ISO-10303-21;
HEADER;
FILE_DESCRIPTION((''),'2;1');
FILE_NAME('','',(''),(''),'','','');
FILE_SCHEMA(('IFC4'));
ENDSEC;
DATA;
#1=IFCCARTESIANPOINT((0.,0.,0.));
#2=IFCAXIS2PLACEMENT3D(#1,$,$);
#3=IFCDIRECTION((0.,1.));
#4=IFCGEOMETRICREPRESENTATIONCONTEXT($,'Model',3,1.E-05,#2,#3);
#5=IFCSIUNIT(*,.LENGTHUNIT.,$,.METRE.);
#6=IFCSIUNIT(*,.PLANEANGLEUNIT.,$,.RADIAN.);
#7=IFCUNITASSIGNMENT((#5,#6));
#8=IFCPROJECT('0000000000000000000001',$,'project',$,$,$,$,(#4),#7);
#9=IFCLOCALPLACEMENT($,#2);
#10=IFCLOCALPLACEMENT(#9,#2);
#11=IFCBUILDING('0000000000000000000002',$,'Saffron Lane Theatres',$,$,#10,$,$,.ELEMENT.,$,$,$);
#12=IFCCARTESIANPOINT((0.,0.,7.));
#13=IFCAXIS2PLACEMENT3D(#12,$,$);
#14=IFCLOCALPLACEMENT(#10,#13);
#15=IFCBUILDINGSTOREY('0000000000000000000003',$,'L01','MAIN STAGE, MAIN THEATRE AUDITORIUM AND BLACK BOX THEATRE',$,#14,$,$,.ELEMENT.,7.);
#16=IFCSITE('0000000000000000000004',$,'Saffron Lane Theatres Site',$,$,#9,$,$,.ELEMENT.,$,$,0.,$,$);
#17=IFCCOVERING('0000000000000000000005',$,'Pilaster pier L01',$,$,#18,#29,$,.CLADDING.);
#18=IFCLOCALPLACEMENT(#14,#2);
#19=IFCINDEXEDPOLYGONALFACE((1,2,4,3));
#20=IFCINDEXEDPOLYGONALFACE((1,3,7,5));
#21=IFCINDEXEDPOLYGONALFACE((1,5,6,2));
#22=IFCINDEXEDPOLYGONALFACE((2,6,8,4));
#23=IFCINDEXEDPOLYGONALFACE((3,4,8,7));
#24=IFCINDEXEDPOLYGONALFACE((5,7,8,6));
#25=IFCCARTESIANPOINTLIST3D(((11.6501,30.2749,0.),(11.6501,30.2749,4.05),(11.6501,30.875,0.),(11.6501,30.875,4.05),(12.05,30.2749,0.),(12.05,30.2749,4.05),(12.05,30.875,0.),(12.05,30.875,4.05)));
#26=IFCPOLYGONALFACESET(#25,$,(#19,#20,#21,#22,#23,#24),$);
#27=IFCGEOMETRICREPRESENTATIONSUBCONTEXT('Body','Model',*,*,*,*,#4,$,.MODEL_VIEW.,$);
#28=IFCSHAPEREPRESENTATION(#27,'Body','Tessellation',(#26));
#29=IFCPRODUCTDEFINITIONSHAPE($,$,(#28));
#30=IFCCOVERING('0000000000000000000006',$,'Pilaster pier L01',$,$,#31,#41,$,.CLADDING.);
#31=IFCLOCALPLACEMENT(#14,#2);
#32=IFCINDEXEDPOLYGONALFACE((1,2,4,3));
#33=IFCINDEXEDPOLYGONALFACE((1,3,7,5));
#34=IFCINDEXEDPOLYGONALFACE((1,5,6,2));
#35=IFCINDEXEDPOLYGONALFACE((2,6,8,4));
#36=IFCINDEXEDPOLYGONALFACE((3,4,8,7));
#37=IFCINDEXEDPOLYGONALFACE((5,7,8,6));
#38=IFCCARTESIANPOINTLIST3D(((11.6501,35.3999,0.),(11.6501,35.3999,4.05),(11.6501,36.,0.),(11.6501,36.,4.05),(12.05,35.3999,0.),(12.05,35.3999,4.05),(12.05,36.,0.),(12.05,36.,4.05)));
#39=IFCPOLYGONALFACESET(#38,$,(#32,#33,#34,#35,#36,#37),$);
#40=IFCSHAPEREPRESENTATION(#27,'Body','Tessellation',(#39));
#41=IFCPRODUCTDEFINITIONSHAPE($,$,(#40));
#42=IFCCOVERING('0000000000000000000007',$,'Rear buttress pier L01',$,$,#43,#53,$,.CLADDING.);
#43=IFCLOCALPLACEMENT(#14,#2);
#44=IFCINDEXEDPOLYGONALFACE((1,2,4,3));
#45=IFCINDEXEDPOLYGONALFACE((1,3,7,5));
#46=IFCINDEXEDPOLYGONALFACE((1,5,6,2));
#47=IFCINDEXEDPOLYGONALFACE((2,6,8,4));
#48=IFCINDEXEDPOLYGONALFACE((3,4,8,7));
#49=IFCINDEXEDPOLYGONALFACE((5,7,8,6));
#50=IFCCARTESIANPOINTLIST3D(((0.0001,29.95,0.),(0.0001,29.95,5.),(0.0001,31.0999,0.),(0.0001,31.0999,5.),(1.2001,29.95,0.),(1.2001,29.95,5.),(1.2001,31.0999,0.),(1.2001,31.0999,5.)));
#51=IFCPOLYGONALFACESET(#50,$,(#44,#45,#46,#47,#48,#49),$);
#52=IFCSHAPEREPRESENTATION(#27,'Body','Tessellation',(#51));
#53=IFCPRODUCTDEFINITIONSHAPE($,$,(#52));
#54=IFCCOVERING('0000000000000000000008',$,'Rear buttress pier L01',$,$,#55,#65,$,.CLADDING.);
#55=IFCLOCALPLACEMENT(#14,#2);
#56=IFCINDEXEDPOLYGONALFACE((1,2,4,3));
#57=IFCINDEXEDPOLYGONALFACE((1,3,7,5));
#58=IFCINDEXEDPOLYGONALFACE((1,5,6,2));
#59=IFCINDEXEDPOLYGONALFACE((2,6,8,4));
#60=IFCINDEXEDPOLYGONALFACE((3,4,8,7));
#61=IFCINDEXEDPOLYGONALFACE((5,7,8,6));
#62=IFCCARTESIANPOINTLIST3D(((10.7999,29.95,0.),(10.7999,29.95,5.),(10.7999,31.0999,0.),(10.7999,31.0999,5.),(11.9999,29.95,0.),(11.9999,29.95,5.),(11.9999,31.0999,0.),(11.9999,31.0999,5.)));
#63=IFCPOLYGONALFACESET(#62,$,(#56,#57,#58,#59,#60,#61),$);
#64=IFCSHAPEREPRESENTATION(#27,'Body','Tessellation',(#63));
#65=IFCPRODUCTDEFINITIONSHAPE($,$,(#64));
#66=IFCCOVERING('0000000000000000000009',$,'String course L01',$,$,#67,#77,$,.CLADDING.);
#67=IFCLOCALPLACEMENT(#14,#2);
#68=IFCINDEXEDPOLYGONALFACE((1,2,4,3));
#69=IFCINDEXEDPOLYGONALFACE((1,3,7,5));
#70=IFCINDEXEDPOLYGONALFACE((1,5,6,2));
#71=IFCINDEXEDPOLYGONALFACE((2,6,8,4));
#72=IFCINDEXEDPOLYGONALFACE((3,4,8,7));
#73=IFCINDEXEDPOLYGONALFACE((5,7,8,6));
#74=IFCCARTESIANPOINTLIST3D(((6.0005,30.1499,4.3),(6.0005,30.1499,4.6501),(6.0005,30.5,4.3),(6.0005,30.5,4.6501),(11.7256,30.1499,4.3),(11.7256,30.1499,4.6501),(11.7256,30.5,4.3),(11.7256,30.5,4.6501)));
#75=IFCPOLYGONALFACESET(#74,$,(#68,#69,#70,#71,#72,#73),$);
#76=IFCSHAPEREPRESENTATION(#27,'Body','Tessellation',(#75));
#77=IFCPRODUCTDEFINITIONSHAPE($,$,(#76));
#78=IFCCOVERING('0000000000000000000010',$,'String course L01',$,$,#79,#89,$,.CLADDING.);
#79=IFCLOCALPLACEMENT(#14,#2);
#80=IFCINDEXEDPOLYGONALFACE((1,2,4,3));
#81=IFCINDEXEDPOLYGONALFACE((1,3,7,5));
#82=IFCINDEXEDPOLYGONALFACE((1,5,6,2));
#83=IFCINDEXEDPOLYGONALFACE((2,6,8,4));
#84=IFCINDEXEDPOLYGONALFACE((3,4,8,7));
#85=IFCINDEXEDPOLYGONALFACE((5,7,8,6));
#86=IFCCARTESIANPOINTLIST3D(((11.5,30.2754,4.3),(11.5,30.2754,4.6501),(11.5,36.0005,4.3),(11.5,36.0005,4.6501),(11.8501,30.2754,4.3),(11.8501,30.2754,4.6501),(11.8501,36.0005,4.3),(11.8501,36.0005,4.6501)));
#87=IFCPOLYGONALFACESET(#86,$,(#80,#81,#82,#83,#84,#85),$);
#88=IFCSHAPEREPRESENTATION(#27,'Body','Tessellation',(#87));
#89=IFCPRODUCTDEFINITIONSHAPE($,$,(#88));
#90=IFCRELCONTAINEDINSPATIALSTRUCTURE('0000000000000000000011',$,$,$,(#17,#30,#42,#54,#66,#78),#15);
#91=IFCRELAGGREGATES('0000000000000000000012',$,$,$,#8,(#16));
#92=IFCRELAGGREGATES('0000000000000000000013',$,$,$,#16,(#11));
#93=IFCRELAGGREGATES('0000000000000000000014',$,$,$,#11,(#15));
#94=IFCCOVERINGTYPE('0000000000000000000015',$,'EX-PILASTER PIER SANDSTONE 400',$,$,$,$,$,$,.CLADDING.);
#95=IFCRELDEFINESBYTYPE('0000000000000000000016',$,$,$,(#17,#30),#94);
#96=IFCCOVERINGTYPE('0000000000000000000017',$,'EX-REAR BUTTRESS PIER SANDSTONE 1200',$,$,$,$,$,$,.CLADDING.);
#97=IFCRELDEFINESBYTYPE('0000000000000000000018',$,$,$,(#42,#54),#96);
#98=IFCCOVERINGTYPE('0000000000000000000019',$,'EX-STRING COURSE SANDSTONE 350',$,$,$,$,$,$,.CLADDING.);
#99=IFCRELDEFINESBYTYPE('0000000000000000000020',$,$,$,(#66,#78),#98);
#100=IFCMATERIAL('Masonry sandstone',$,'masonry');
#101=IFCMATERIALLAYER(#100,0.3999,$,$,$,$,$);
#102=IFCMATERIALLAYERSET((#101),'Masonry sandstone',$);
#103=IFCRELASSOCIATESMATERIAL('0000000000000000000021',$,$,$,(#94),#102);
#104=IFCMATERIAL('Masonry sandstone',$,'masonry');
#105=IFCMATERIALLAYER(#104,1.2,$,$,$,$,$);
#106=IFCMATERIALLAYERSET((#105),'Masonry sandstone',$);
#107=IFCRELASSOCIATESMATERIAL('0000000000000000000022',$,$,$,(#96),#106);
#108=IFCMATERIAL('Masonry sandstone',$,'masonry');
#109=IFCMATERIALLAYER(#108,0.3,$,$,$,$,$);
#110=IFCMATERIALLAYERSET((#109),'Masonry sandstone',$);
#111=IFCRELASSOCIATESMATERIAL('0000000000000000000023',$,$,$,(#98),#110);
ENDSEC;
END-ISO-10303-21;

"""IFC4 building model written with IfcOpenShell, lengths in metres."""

from ifc_helpers import new_model, si_unit, direction, frame, origin, origin_2d, place, context, subcontext, project, spatial, rectangle, extrude, material, layer, layer_set, type_object, element, save


model = new_model("IFC4")

# Units and contexts
model_context = context("Model", 3, precision=1e-05, world=origin(), true_north=direction((0.0, 1.0)))
body_context = subcontext(model_context, "Body", "Model", "MODEL_VIEW")
ifc_project = project(units=[si_unit("LENGTHUNIT", "METRE"), si_unit("PLANEANGLEUNIT", "RADIAN")], contexts=[model_context])

# Site, building, storey
site_placement = place(None, origin())
site = spatial("IfcSite", under=ifc_project, at=site_placement, Name="Saffron Lane Theatres Site", CompositionType="ELEMENT", RefElevation=0.0)
building_placement = place(site_placement, origin())
building = spatial("IfcBuilding", under=site, at=building_placement, Name="Saffron Lane Theatres", CompositionType="ELEMENT")
storey_placement = place(building_placement, frame((0.0, 0.0, 7.0)))
storey = spatial("IfcBuildingStorey", under=building, at=storey_placement, Name="L01", Description="MAIN STAGE, MAIN THEATRE AUDITORIUM AND BLACK BOX THEATRE", CompositionType="ELEMENT", Elevation=7.0)

# Coverings
ifc_material_1 = material(Name="Masonry sandstone", Category="masonry")
ifc_layer_1 = layer(ifc_material_1, 0.3999)
ifc_layer_set_1 = layer_set([ifc_layer_1], Name="Masonry sandstone")
covering_type_1 = type_object("IfcCoveringType", Name="EX-PILASTER PIER SANDSTONE 400", PredefinedType="CLADDING", material=ifc_layer_set_1)
for number, where, z_axis, x_axis, name in (
    (1, (11.8501, 30.575, 0.0), (0.0, 0.0, 1.0), (0.0, 1.0, 0.0), "Pilaster pier L01"),
    (2, (11.8501, 35.7, 0.0), (0.0, 0.0, 1.0), (0.0, 1.0, 0.0), "Pilaster pier L01"),
):
    element("IfcCovering", number, at=place(storey_placement, frame(where, z_axis=z_axis, x_axis=x_axis)), inside=storey, type_object=covering_type_1, Name=name, PredefinedType="CLADDING", context=body_context, shape_type="SweptSolid", body=[
        extrude(rectangle(XDim=0.6001, YDim=0.3999, at=origin_2d()), origin(), (0.0, 0.0, 1.0), 4.05),
    ])
ifc_material_2 = material(Name="Masonry sandstone", Category="masonry")
ifc_layer_2 = layer(ifc_material_2, 1.2)
ifc_layer_set_2 = layer_set([ifc_layer_2], Name="Masonry sandstone")
covering_type_2 = type_object("IfcCoveringType", Name="EX-REAR BUTTRESS PIER SANDSTONE 1200", PredefinedType="CLADDING", material=ifc_layer_set_2)
for number, where, z_axis, x_axis, name in (
    (3, (0.6001, 30.5249, 0.0), (0.0, 0.0, 1.0), (1.0, 0.0, 0.0), "Rear buttress pier L01"),
    (4, (11.3999, 30.5249, 0.0), (0.0, 0.0, 1.0), (1.0, 0.0, 0.0), "Rear buttress pier L01"),
):
    element("IfcCovering", number, at=place(storey_placement, frame(where, z_axis=z_axis, x_axis=x_axis)), inside=storey, type_object=covering_type_2, Name=name, PredefinedType="CLADDING", context=body_context, shape_type="SweptSolid", body=[
        extrude(rectangle(XDim=1.2, YDim=1.1499, at=origin_2d()), origin(), (0.0, 0.0, 1.0), 5.0),
    ])
ifc_material_3 = material(Name="Masonry sandstone", Category="masonry")
ifc_layer_3 = layer(ifc_material_3, 0.3)
ifc_layer_set_3 = layer_set([ifc_layer_3], Name="Masonry sandstone")
covering_type_3 = type_object("IfcCoveringType", Name="EX-STRING COURSE SANDSTONE 350", PredefinedType="CLADDING", material=ifc_layer_set_3)
for number, where, z_axis, x_axis, name in (
    (5, (8.863, 30.325, 4.3), (0.0, 0.0, 1.0), (1.0, 0.0, 0.0), "String course L01"),
    (6, (11.675, 33.1379, 4.3), (0.0, 0.0, 1.0), (0.0, 1.0, 0.0), "String course L01"),
):
    element("IfcCovering", number, at=place(storey_placement, frame(where, z_axis=z_axis, x_axis=x_axis)), inside=storey, type_object=covering_type_3, Name=name, PredefinedType="CLADDING", context=body_context, shape_type="SweptSolid", body=[
        extrude(rectangle(XDim=5.7251, YDim=0.3501, at=origin_2d()), origin(), (0.0, 0.0, 1.0), 0.3501),
    ])

save(model, "model.ifc")
